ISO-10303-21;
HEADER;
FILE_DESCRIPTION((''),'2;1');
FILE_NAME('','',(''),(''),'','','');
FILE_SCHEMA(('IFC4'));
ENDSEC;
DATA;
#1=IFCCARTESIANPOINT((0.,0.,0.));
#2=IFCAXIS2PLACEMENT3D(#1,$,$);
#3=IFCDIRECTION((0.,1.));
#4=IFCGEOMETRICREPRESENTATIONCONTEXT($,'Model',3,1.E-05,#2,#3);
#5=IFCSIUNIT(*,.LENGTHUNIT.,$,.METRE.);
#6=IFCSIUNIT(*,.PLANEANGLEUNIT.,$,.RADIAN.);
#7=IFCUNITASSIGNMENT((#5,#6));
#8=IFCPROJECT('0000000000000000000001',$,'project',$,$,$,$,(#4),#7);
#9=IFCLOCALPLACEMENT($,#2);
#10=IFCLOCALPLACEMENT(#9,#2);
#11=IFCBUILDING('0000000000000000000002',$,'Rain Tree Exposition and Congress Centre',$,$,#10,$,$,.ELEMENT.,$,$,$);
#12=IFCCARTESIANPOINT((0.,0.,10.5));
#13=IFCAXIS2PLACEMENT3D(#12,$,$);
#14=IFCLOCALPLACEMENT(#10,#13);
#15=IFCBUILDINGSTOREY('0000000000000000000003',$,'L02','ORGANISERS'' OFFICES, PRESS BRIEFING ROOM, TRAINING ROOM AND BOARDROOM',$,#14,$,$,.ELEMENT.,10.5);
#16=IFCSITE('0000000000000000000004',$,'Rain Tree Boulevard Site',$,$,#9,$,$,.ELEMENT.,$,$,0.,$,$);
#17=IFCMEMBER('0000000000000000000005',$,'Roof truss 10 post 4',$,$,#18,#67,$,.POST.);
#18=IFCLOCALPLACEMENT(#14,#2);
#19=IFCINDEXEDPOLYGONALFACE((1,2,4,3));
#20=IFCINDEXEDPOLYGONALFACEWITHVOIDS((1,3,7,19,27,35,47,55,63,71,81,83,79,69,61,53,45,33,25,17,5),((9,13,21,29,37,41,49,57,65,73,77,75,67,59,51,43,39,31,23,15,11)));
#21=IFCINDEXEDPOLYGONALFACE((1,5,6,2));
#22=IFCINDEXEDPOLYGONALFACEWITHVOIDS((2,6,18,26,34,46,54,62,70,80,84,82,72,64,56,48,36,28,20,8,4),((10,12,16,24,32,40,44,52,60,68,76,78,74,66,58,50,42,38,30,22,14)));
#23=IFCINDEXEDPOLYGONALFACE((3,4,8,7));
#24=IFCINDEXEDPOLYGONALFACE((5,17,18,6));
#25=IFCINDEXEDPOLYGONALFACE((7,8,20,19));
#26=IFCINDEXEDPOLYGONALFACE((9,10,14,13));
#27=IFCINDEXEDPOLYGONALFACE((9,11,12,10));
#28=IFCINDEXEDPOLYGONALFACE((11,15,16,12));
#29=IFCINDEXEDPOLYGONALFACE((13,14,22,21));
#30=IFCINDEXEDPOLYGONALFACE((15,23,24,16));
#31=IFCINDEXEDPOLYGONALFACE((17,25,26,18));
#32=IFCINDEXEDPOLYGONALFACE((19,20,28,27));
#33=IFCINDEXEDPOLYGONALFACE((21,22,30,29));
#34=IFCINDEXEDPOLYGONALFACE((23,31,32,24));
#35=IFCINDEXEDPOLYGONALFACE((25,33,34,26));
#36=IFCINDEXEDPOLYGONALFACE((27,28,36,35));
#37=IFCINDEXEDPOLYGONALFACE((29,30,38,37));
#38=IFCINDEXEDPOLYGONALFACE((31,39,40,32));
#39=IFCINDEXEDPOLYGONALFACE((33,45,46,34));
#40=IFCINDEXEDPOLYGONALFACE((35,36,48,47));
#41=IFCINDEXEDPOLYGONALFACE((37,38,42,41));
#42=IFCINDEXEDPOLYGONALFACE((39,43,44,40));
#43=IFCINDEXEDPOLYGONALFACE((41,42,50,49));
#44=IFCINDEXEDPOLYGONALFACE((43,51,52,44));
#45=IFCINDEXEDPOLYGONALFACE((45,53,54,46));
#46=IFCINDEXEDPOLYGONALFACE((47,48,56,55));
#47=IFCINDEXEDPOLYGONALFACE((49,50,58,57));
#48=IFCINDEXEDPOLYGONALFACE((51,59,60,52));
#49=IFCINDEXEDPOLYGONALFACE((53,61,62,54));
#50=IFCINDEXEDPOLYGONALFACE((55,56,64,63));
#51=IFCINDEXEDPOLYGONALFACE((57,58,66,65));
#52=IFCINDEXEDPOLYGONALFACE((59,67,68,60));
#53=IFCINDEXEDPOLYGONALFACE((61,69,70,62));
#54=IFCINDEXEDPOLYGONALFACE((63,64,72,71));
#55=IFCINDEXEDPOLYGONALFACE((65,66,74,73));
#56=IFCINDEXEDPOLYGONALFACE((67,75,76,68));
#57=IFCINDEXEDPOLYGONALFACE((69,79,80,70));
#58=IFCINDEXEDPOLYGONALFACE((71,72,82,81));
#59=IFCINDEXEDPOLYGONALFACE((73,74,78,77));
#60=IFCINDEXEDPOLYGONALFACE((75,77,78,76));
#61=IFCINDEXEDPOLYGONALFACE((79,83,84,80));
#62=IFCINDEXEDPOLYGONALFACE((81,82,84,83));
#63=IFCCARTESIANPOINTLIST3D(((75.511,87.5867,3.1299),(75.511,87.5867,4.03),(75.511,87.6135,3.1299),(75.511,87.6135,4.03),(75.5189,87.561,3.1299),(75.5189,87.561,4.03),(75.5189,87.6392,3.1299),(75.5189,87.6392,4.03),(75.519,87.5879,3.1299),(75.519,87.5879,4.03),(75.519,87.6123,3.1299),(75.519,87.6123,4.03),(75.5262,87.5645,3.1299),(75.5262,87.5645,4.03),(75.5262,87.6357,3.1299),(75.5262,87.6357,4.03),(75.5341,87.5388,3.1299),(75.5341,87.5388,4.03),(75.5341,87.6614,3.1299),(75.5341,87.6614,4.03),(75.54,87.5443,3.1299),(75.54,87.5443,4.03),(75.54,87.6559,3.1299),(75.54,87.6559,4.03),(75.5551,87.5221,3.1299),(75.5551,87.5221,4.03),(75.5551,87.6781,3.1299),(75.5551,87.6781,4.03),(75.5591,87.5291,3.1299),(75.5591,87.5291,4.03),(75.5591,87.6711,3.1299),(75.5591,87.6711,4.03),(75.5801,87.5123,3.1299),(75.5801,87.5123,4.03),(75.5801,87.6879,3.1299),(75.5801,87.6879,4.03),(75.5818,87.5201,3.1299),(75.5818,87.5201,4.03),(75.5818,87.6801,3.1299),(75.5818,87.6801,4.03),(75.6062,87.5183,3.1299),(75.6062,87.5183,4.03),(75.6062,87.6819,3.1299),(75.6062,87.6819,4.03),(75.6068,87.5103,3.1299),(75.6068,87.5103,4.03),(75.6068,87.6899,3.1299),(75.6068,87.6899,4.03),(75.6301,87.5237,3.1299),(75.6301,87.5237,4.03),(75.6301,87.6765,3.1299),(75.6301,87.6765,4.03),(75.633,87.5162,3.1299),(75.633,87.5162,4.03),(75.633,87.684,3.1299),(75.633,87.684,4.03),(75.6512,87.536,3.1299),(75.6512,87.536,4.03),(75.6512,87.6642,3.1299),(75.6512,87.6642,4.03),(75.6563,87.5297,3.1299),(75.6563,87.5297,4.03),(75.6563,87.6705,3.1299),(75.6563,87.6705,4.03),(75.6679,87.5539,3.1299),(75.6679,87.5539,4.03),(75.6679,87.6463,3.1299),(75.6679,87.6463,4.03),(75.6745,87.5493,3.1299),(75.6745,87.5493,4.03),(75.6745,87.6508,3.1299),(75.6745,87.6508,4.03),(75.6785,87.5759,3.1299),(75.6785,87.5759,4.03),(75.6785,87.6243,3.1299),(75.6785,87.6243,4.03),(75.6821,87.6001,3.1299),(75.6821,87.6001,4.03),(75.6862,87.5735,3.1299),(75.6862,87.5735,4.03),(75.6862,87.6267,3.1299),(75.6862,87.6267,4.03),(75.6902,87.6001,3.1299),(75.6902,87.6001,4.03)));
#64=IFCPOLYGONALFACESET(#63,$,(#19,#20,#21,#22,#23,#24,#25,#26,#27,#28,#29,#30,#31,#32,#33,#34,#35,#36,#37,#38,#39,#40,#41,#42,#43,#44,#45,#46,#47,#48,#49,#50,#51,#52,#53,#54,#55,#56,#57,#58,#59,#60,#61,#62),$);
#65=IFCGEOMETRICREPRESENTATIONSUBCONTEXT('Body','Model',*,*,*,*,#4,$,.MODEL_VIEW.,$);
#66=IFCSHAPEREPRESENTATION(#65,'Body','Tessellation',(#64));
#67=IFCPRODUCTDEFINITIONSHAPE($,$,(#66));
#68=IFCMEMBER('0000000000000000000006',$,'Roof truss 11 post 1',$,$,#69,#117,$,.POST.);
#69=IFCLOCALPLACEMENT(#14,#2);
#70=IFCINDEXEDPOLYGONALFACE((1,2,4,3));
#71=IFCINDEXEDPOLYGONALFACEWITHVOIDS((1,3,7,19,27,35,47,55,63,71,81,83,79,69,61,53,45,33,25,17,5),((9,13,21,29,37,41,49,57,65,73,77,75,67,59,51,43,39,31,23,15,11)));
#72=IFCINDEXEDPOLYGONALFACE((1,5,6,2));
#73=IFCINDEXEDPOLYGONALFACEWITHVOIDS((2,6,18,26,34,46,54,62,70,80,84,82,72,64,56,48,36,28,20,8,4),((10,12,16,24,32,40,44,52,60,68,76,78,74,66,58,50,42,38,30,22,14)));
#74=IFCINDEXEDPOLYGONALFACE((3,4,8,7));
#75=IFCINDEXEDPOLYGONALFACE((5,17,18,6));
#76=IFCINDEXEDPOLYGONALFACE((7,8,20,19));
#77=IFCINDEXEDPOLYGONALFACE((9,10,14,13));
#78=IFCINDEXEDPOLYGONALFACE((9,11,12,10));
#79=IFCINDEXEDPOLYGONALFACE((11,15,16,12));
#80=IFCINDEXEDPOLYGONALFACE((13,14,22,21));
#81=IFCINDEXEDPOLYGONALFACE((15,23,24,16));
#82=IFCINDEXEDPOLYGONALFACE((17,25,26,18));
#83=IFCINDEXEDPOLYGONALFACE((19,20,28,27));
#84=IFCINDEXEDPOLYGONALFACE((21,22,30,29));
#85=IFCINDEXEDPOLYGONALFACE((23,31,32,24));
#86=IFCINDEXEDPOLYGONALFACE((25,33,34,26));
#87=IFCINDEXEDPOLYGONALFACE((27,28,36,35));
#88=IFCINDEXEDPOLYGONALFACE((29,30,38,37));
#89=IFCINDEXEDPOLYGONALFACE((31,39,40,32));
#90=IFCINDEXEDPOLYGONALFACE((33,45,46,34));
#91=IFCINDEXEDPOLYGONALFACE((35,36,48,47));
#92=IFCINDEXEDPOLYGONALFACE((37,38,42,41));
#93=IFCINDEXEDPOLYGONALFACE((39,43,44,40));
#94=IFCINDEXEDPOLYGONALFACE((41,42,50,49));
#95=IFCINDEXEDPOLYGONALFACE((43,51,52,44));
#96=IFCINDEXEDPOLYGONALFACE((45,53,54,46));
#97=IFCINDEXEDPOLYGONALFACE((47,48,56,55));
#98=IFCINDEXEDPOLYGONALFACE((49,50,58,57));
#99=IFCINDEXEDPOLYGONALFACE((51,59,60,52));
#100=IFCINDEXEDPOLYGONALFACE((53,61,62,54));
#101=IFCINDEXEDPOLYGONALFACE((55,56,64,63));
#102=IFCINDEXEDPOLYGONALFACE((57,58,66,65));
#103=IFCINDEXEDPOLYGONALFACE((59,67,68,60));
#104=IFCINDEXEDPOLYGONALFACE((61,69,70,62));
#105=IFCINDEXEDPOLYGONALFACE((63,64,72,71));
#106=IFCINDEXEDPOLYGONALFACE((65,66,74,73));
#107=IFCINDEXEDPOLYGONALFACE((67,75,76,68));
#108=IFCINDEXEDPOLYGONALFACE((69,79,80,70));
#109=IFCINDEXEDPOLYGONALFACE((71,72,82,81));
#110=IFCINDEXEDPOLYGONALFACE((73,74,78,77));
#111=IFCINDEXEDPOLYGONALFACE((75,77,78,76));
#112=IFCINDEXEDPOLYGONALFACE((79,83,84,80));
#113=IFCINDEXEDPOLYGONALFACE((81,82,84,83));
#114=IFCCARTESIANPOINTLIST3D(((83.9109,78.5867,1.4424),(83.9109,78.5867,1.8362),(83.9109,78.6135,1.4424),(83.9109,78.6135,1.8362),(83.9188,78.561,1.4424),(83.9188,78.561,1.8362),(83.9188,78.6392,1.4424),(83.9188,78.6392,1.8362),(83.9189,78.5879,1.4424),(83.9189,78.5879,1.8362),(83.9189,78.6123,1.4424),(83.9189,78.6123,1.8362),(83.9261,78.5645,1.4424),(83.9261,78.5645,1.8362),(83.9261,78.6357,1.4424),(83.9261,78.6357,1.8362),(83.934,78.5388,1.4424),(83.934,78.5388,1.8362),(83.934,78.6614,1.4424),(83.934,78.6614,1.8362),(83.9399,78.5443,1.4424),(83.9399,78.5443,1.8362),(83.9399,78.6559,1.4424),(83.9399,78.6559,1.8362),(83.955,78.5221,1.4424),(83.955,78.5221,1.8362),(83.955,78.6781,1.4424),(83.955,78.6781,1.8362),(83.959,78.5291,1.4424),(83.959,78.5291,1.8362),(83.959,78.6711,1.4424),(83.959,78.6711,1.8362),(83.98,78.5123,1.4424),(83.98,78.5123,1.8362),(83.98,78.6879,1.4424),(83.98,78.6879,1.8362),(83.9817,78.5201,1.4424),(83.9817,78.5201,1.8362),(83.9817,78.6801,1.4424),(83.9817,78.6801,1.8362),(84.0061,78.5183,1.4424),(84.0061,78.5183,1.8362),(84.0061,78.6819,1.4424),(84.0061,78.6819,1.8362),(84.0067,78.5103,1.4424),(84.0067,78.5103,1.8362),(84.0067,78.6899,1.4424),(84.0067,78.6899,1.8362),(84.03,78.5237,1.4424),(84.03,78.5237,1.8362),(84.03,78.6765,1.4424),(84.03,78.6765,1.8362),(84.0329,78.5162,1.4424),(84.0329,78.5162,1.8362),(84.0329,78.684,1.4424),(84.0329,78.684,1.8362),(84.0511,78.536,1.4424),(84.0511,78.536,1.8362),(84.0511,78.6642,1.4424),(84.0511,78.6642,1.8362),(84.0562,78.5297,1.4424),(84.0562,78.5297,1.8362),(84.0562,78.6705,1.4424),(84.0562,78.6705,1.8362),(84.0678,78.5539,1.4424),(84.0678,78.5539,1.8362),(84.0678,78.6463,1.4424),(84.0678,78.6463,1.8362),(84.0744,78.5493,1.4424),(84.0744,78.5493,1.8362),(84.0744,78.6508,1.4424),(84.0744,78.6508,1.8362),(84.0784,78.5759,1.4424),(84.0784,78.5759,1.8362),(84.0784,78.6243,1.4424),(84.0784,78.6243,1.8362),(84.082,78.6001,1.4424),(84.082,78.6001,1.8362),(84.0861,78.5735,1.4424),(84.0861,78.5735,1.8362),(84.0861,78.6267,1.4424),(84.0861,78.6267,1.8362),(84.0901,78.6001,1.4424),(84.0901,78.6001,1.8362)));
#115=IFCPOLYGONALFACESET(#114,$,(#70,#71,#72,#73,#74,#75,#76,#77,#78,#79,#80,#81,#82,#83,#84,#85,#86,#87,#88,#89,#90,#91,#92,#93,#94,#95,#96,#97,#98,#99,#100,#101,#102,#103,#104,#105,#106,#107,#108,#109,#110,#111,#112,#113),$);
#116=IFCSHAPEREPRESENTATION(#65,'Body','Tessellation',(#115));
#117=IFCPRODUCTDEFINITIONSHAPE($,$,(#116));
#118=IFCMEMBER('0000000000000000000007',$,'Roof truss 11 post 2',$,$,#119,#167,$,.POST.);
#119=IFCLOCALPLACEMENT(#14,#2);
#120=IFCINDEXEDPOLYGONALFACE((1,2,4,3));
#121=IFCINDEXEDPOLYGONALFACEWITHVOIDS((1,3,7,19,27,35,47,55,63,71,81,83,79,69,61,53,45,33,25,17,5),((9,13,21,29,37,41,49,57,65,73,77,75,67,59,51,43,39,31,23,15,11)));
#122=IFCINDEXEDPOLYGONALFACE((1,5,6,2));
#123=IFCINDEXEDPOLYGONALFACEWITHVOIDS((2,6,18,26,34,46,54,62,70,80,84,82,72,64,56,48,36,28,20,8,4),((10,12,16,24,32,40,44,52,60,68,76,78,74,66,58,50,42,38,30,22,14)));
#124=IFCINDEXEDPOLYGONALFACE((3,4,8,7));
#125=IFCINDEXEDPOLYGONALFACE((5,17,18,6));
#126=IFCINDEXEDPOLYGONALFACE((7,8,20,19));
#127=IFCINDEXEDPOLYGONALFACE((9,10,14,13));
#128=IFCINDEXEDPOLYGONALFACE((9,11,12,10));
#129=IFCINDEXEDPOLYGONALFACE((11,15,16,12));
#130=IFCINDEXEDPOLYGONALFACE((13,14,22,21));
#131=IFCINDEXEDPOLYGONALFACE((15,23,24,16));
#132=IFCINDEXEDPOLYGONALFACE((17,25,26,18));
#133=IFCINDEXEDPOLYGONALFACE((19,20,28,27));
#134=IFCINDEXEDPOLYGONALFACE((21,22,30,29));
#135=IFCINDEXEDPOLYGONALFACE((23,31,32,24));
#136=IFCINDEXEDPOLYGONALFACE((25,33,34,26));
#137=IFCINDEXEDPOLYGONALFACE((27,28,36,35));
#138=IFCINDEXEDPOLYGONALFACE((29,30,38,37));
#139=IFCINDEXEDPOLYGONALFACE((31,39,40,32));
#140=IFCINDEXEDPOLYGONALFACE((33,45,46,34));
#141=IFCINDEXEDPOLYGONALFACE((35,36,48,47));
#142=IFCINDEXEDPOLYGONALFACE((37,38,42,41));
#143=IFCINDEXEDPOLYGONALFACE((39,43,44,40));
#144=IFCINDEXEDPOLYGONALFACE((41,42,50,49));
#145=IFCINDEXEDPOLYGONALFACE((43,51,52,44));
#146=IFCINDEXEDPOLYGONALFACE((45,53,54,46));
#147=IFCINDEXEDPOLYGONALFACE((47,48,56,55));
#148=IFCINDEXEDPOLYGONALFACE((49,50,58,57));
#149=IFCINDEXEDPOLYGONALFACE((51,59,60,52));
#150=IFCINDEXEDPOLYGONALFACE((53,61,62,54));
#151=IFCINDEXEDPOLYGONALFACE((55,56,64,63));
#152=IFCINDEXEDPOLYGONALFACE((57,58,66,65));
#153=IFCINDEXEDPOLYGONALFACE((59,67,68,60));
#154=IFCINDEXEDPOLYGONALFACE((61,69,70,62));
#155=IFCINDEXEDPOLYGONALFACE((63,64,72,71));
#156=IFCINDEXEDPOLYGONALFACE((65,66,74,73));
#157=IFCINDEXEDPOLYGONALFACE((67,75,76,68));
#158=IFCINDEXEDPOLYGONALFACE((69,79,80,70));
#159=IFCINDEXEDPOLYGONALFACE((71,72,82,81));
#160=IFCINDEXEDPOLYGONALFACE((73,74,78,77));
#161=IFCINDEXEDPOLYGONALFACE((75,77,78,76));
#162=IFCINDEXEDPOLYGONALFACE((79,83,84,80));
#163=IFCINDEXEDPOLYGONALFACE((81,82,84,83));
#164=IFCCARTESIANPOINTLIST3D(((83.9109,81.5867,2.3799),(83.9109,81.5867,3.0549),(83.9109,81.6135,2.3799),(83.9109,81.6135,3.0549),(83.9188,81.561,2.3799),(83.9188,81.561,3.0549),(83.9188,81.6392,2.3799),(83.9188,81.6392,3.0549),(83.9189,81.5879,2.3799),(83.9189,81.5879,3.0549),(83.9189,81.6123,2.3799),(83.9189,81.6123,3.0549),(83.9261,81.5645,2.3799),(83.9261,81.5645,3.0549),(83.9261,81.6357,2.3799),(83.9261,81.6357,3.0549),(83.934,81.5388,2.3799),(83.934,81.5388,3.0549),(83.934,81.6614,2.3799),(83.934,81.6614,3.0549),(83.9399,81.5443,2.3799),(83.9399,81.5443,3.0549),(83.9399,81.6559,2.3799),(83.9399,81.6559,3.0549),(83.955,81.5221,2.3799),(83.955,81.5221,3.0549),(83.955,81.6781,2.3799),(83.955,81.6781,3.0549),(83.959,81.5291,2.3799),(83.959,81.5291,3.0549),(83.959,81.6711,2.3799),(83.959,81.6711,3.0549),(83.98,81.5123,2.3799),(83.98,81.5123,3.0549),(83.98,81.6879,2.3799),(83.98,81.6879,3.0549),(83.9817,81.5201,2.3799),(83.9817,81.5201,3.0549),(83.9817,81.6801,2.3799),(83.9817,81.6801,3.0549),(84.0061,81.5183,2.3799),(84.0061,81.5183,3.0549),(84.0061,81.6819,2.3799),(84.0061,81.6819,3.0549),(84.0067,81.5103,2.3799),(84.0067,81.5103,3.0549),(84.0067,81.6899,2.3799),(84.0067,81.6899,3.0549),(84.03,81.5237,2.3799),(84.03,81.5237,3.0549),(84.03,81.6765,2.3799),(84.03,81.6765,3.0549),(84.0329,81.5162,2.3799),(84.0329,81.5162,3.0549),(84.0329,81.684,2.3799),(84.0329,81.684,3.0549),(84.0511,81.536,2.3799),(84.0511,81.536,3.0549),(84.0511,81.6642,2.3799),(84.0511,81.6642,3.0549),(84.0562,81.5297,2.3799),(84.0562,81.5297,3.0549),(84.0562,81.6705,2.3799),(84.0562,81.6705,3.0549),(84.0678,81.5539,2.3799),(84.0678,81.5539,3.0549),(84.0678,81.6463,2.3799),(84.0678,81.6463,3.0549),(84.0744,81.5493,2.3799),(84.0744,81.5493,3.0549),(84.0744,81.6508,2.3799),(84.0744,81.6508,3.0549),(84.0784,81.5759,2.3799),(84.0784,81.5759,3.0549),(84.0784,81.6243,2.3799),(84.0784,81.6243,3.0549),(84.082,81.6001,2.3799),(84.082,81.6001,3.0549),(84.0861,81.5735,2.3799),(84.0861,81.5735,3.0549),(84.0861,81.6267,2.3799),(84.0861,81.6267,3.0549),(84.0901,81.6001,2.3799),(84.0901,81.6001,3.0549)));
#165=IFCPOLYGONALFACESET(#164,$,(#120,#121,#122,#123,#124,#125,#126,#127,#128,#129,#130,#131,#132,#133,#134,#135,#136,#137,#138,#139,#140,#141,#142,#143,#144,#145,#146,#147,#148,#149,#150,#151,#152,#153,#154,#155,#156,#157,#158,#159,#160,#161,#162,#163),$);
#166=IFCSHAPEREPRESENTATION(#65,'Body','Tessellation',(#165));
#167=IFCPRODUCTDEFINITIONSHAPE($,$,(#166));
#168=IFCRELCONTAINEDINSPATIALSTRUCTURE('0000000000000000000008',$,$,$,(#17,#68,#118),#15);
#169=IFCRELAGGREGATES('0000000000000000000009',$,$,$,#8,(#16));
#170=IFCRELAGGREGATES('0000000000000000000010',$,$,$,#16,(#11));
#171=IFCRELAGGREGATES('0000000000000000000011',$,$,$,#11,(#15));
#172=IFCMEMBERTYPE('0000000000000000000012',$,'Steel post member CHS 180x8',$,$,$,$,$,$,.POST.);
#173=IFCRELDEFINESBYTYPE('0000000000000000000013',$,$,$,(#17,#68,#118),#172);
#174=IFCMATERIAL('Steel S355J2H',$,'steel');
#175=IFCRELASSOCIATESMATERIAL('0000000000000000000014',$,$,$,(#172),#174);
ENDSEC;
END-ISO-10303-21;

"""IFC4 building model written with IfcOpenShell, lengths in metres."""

from ifc_helpers import new_model, si_unit, direction, frame, origin, origin_2d, place, context, subcontext, project, spatial, hollow_circle, extrude, material, material_profile, profile_set, type_object, element, save


model = new_model("IFC4")

# Units and contexts
model_context = context("Model", 3, precision=1e-05, world=origin(), true_north=direction((0.0, 1.0)))
body_context = subcontext(model_context, "Body", "Model", "MODEL_VIEW")
ifc_project = project(units=[si_unit("LENGTHUNIT", "METRE"), si_unit("PLANEANGLEUNIT", "RADIAN")], contexts=[model_context])

# Site, building, storey
site_placement = place(None, origin())
site = spatial("IfcSite", under=ifc_project, at=site_placement, Name="Rain Tree Boulevard Site", CompositionType="ELEMENT", RefElevation=0.0)
building_placement = place(site_placement, origin())
building = spatial("IfcBuilding", under=site, at=building_placement, Name="Rain Tree Exposition and Congress Centre", CompositionType="ELEMENT")
storey_placement = place(building_placement, frame((0.0, 0.0, 10.5)))
storey = spatial("IfcBuildingStorey", under=building, at=storey_placement, Name="L02", Description="ORGANISERS' OFFICES, PRESS BRIEFING ROOM, TRAINING ROOM AND BOARDROOM", CompositionType="ELEMENT", Elevation=10.5)

# Members
ifc_material_1 = material(Name="Steel S355J2H", Category="steel")
ifc_material_profile_1 = material_profile(ifc_material_1, hollow_circle(Radius=0.0901, WallThickness=0.0081, at=origin_2d()), Name="CHS 180x8")
ifc_profile_set_1 = profile_set([ifc_material_profile_1], Name="Steel S355J2H")
member_type_1 = type_object("IfcMemberType", Name="Steel post member CHS 180x8", PredefinedType="POST", material=ifc_profile_set_1)
member_1_placement = place(storey_placement, frame((75.6001, 87.6001, 3.1299), z_axis=(0.0, 0.0, 1.0), x_axis=(1.0, 0.0, 0.0)))
element("IfcMember", 1, at=member_1_placement, inside=storey, type_object=member_type_1, Name="Roof truss 10 post 4", PredefinedType="POST", context=body_context, shape_type="SweptSolid", body=[
    extrude(hollow_circle(Radius=0.0901, WallThickness=0.0081, at=origin_2d()), origin(), (0.0, 0.0, 1.0), 0.9001),
])
member_2_placement = place(storey_placement, frame((84.0, 78.6001, 1.4424), z_axis=(0.0, 0.0, 1.0), x_axis=(1.0, 0.0, 0.0)))
element("IfcMember", 2, at=member_2_placement, inside=storey, type_object=member_type_1, Name="Roof truss 11 post 1", PredefinedType="POST", context=body_context, shape_type="SweptSolid", body=[
    extrude(hollow_circle(Radius=0.0901, WallThickness=0.0081, at=origin_2d()), origin(), (0.0, 0.0, 1.0), 0.3938),
])
member_3_placement = place(storey_placement, frame((84.0, 81.6001, 2.3799), z_axis=(0.0, 0.0, 1.0), x_axis=(1.0, 0.0, 0.0)))
element("IfcMember", 3, at=member_3_placement, inside=storey, type_object=member_type_1, Name="Roof truss 11 post 2", PredefinedType="POST", context=body_context, shape_type="SweptSolid", body=[
    extrude(hollow_circle(Radius=0.0901, WallThickness=0.0081, at=origin_2d()), origin(), (0.0, 0.0, 1.0), 0.675),
])

save(model, "model.ifc")
